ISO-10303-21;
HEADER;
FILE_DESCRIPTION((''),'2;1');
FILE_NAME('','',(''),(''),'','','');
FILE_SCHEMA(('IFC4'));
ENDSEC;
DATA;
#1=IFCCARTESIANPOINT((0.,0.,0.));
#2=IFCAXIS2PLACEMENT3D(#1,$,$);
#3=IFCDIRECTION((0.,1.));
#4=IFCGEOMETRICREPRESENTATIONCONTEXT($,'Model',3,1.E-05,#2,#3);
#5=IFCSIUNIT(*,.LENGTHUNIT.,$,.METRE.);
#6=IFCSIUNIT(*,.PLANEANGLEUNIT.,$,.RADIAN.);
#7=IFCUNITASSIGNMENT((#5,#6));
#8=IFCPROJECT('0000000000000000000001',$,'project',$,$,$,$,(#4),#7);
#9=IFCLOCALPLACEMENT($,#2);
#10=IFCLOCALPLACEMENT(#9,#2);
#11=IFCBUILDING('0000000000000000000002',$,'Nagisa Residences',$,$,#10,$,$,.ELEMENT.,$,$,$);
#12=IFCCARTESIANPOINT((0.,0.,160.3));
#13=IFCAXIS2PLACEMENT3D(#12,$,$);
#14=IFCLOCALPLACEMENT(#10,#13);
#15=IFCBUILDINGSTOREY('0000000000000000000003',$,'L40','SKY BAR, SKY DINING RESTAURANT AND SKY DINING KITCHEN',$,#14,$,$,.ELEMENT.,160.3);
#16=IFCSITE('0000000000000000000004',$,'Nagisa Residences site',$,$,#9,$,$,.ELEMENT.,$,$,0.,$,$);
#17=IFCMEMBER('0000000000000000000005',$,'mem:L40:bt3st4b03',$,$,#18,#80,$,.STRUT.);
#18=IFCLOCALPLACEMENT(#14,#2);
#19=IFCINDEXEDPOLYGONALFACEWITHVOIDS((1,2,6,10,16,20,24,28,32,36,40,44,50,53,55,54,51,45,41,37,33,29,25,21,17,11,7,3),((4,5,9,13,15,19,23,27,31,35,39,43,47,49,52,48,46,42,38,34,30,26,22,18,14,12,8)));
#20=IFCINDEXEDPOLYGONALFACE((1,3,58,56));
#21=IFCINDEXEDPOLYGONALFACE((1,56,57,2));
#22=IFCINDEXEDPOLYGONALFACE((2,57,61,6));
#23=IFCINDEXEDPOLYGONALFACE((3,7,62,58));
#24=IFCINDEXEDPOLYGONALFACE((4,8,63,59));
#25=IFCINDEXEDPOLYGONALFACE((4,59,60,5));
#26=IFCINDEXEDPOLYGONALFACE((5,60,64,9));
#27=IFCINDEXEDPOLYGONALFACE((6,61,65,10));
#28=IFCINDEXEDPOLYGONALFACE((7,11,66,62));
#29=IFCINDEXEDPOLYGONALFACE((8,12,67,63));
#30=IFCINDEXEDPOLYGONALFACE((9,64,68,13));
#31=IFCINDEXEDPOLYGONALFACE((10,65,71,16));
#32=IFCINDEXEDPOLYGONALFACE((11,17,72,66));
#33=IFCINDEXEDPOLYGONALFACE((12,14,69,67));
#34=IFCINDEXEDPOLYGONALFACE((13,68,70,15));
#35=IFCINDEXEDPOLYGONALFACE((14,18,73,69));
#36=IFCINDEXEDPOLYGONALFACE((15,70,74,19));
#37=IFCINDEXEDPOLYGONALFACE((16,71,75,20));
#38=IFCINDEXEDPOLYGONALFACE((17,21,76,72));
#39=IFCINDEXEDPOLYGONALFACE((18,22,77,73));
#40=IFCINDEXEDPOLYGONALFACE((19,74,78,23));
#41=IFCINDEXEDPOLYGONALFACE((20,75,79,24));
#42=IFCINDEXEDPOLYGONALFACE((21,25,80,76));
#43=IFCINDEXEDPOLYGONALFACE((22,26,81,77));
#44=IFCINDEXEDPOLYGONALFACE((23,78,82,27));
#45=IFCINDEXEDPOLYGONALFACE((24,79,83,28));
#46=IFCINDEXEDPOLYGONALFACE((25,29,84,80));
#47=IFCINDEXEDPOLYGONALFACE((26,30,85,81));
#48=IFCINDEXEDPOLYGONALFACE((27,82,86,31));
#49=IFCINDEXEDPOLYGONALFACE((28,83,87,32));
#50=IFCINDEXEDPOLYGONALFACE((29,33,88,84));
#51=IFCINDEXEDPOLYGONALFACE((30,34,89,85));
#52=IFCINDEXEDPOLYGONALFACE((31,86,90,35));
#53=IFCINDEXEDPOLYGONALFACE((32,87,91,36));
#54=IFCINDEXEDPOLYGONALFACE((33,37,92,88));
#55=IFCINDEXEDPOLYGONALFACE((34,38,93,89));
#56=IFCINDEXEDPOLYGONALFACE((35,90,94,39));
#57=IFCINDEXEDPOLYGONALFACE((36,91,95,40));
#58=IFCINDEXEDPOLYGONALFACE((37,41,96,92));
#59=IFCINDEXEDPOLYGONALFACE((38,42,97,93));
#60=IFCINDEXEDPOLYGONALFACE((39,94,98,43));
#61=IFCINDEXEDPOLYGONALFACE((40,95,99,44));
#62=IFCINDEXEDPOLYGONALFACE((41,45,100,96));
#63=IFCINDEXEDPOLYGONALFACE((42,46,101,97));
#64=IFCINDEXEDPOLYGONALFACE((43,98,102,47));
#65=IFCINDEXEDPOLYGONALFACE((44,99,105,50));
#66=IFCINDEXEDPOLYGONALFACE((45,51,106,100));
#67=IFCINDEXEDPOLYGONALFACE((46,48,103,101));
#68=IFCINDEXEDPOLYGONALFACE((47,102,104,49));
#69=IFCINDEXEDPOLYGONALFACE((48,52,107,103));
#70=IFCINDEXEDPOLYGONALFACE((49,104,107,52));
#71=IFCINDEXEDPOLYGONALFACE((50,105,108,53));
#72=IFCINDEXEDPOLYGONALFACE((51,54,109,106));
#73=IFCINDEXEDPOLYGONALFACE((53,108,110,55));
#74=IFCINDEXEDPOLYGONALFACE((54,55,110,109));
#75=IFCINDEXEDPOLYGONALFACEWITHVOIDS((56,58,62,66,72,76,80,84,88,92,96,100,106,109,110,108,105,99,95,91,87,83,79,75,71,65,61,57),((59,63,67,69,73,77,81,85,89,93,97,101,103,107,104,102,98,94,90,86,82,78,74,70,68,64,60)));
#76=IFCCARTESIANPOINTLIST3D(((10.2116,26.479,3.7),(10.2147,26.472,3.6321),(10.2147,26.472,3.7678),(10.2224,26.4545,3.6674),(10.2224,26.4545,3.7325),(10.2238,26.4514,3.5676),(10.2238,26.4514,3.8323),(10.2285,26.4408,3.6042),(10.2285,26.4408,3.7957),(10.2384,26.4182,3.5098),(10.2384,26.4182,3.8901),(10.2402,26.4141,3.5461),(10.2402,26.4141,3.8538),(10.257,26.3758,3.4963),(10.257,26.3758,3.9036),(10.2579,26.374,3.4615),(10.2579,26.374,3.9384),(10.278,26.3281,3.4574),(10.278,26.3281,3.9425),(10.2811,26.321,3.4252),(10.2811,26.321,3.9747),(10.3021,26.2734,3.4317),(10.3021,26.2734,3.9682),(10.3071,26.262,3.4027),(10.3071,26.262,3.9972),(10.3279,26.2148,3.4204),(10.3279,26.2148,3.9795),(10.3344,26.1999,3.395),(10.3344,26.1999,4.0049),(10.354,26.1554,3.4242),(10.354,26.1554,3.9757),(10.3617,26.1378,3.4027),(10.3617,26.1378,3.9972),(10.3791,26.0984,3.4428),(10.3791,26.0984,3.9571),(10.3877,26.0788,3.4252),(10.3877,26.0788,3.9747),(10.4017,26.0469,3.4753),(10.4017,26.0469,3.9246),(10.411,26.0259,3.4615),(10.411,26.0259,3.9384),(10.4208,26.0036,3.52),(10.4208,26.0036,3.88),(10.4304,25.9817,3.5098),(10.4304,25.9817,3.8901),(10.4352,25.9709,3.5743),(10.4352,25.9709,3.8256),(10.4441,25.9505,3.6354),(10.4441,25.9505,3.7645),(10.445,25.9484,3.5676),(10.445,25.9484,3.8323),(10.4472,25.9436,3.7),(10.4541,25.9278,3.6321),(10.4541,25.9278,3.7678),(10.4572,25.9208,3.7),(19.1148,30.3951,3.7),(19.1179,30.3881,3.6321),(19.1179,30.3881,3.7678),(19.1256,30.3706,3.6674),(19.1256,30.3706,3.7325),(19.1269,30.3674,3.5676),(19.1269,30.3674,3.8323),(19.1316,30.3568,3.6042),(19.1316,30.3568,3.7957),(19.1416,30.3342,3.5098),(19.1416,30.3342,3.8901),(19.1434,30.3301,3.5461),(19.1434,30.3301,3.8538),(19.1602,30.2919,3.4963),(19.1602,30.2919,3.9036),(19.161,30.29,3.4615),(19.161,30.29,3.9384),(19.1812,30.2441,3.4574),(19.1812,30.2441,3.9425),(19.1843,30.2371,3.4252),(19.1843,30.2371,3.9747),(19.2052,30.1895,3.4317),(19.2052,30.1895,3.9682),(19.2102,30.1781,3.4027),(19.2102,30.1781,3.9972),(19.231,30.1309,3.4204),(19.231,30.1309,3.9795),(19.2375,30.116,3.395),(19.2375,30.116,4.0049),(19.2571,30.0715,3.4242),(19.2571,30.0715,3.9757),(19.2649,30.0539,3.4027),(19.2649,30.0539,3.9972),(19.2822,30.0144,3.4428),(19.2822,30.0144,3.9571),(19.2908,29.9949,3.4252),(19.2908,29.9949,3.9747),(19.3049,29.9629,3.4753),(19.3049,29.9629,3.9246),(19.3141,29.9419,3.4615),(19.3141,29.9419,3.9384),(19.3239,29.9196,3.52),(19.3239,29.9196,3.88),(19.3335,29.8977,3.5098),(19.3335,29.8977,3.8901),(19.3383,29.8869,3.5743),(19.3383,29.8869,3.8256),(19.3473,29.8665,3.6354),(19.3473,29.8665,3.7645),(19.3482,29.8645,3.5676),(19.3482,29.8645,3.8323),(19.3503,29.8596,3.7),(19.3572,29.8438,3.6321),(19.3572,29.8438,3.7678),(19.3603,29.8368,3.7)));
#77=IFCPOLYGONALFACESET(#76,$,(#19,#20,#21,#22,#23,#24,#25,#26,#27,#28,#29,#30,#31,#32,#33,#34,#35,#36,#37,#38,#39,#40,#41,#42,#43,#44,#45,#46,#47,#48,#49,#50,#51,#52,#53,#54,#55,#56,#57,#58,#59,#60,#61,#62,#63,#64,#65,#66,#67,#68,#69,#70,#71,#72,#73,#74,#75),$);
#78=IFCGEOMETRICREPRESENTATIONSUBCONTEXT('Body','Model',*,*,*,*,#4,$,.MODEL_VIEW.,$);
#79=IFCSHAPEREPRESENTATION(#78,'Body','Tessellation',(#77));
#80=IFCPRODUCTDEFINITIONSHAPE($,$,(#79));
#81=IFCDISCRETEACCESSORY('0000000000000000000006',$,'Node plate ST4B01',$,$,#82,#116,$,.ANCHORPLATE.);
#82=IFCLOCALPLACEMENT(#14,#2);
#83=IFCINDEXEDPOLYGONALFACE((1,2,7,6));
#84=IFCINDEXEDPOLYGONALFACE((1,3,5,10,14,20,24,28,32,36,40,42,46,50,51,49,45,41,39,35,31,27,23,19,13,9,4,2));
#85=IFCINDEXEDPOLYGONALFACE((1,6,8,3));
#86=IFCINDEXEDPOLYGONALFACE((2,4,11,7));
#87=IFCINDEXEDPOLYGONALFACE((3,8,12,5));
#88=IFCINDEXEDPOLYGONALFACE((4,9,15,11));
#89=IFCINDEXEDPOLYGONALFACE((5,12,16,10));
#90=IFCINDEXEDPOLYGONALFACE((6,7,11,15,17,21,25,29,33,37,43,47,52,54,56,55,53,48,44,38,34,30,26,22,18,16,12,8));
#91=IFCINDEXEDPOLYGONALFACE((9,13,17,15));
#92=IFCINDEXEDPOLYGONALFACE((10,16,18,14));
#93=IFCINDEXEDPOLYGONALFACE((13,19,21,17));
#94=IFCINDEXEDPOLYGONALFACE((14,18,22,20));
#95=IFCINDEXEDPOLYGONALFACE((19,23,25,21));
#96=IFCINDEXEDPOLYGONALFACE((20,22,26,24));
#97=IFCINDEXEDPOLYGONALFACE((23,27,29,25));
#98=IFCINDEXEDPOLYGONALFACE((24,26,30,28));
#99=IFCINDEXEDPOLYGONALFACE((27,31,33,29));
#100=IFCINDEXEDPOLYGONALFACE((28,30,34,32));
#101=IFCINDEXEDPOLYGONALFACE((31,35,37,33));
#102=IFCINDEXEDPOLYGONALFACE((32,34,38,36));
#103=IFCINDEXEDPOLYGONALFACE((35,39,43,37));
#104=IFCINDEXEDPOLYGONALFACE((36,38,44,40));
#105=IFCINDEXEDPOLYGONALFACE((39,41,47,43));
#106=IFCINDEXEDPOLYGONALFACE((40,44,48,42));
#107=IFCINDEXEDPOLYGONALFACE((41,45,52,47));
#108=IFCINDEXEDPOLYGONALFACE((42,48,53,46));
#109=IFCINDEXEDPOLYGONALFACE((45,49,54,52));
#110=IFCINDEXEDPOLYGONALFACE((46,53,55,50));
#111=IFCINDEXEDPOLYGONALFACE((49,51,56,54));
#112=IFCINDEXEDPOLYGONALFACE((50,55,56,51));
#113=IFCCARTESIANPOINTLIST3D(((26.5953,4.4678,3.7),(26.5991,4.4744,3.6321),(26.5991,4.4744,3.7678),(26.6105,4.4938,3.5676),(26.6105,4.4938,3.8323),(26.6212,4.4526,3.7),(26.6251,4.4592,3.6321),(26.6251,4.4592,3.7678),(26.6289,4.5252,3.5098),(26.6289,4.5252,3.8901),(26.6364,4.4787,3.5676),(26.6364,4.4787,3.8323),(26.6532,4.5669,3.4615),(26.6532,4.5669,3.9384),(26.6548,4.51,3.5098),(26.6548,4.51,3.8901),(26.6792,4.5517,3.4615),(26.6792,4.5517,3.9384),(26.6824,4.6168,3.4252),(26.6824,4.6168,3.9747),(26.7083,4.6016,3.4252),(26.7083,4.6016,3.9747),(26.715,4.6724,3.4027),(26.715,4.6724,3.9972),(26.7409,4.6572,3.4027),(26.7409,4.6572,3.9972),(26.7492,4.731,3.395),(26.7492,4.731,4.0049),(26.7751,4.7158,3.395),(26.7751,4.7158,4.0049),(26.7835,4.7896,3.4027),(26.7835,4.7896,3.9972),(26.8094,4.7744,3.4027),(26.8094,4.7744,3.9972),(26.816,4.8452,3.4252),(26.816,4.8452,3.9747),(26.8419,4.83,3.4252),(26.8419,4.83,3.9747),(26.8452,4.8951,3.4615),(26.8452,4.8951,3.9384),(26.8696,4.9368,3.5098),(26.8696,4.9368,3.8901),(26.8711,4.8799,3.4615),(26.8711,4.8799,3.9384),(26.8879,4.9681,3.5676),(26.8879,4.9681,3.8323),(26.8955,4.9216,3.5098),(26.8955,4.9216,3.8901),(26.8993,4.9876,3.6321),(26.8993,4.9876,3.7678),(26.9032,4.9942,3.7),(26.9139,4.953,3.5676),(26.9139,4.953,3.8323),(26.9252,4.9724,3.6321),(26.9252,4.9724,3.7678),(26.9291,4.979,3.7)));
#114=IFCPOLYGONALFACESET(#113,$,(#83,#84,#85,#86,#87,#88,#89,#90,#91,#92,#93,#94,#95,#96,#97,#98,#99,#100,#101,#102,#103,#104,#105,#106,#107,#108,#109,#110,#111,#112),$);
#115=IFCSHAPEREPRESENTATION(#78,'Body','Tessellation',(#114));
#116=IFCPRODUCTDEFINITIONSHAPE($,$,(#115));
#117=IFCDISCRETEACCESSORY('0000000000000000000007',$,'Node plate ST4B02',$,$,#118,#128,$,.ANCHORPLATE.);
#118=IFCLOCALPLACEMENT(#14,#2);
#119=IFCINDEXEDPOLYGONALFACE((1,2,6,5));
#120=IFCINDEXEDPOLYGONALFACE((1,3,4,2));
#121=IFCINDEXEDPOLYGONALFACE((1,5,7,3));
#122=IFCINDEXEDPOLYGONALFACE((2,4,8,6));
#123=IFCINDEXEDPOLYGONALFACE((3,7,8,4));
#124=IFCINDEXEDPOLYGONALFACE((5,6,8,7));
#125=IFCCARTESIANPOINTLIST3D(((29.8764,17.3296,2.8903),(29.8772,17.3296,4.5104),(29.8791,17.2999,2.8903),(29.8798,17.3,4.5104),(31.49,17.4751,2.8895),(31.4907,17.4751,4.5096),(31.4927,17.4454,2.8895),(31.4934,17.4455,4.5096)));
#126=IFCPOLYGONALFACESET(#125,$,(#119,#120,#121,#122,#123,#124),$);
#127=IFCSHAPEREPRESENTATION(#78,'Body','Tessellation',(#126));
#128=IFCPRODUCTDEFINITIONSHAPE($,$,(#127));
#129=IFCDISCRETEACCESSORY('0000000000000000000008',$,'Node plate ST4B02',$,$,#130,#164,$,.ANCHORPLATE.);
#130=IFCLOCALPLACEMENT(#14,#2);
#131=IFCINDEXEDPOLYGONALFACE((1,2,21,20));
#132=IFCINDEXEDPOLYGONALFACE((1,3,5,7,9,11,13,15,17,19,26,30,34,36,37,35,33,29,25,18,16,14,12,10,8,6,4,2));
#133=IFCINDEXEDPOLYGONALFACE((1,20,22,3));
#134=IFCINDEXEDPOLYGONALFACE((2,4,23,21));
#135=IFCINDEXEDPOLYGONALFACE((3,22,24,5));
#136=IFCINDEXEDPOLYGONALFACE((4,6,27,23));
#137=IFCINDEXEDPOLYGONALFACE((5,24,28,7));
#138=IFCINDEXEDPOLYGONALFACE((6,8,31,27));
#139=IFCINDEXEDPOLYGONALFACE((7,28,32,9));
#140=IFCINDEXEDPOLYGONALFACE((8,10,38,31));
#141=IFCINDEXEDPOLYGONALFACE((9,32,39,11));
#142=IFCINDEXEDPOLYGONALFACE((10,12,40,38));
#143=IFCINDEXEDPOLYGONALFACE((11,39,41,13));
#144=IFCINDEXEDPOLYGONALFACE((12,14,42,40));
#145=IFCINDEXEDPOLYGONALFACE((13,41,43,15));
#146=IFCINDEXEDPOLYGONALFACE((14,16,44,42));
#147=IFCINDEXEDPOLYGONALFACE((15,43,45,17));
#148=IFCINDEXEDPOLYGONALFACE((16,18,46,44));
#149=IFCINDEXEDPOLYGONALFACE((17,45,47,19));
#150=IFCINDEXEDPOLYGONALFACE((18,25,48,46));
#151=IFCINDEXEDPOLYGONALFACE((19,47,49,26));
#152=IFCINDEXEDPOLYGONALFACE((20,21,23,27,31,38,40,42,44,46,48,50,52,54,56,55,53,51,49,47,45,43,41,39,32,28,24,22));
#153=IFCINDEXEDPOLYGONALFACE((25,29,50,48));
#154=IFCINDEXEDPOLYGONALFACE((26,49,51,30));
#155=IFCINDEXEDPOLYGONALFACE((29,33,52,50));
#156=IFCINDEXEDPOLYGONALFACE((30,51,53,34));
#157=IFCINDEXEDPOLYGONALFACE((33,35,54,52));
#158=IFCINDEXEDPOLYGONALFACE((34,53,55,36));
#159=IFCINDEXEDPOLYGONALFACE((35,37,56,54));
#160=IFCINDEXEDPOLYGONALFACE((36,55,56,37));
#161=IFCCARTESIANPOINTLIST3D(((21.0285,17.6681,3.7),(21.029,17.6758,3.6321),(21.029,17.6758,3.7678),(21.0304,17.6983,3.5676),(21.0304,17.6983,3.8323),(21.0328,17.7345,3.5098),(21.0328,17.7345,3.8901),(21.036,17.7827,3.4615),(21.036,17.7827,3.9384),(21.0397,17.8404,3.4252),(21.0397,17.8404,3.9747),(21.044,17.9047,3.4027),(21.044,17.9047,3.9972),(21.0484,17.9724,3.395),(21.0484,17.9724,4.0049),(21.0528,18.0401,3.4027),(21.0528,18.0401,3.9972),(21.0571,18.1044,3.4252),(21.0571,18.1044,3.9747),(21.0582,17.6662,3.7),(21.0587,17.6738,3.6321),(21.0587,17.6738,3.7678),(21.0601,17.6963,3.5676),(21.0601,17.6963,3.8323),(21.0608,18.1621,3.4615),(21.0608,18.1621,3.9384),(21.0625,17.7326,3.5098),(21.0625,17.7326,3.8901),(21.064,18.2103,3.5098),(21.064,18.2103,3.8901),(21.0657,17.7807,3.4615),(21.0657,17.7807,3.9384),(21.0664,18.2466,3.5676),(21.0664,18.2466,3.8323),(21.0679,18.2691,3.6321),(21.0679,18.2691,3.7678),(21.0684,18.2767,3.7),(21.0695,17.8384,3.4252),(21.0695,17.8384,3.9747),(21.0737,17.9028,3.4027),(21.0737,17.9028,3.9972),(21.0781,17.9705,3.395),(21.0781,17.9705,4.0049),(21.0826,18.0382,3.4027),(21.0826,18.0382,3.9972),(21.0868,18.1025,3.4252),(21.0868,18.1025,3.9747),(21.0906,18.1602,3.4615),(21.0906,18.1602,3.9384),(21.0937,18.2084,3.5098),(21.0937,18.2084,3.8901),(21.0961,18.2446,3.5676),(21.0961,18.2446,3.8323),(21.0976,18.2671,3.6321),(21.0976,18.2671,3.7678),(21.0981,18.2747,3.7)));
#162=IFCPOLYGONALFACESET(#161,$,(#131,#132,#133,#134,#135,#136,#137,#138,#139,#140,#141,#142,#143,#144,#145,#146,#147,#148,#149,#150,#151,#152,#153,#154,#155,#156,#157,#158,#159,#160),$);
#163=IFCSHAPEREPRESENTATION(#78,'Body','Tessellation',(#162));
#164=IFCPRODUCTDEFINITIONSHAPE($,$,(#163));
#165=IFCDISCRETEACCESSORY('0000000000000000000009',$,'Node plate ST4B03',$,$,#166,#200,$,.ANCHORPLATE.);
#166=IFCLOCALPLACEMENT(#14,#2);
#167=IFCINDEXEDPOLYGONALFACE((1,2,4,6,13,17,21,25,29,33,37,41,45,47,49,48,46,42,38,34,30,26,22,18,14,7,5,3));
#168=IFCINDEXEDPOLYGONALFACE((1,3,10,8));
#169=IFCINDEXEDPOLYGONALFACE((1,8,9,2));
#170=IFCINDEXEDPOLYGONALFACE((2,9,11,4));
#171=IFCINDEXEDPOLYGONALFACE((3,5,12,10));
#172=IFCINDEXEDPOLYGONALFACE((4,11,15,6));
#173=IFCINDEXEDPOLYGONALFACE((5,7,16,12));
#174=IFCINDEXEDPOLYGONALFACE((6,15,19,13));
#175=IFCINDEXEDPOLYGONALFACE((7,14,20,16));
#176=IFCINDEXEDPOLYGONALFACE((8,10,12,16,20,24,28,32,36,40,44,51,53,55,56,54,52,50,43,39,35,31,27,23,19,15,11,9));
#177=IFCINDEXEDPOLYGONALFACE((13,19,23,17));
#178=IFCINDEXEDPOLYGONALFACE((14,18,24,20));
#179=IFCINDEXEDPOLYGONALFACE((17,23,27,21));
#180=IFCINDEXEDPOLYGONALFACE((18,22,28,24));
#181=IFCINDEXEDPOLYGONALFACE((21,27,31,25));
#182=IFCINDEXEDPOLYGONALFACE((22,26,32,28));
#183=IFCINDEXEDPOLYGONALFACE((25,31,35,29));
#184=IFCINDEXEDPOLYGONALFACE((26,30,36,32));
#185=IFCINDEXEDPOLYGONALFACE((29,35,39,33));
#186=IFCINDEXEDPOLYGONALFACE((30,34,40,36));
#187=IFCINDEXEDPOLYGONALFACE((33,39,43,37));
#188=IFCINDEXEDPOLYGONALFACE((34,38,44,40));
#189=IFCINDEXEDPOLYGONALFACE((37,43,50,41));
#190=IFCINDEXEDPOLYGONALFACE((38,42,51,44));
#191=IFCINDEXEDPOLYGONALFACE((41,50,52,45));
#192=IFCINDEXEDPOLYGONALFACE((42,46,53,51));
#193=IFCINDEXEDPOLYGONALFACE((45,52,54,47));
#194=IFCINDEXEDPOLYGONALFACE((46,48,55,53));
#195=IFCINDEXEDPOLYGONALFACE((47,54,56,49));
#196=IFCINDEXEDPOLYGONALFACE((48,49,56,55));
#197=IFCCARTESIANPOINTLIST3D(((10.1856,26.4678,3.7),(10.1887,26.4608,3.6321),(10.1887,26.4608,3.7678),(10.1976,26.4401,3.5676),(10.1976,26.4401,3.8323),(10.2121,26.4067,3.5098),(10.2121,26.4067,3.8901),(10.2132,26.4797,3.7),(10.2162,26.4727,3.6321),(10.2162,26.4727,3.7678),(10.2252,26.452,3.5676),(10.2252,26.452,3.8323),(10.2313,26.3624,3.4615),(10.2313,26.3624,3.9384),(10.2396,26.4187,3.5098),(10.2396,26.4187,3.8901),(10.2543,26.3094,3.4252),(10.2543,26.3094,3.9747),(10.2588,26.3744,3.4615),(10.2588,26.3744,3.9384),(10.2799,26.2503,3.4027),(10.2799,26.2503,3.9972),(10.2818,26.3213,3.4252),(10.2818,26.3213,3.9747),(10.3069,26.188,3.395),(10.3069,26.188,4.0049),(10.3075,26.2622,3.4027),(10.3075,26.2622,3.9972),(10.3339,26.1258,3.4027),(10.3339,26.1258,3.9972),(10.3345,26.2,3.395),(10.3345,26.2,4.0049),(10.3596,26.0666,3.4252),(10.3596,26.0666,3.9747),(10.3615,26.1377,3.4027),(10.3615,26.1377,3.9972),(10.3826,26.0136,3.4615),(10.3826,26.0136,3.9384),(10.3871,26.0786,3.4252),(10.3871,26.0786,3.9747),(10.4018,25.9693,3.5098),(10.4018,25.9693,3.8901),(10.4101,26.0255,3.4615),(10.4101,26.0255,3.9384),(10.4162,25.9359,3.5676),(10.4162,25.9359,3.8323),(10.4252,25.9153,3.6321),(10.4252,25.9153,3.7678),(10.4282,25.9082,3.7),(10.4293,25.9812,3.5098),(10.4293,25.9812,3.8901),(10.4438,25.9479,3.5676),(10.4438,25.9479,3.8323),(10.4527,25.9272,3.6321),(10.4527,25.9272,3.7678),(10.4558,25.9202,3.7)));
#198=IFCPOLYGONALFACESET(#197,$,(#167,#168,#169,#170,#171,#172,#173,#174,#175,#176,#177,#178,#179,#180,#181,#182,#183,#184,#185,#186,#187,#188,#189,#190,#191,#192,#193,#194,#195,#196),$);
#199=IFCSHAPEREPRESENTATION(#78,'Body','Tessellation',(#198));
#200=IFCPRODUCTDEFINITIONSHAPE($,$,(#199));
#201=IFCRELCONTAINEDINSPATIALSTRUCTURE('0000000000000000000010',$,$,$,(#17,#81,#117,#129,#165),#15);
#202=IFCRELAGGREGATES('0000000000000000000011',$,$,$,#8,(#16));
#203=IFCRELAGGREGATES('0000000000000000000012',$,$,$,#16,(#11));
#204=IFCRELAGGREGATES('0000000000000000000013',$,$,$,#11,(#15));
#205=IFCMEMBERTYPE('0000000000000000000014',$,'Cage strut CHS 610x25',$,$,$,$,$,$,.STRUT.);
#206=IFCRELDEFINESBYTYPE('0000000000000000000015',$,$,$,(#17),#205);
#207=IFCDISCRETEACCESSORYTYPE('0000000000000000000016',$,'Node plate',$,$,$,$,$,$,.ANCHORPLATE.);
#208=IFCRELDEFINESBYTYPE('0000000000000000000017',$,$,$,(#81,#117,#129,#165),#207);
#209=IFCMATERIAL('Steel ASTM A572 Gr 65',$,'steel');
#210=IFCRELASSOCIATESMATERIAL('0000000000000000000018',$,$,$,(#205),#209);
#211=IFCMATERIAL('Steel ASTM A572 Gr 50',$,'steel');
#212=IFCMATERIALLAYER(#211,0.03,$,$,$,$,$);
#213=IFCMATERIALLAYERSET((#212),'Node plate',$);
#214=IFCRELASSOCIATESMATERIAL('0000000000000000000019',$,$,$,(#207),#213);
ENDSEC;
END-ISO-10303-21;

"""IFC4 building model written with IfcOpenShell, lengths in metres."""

from ifc_helpers import new_model, si_unit, direction, frame, origin, origin_2d, place, context, subcontext, project, spatial, rectangle, circle, hollow_circle, extrude, material, layer, layer_set, material_profile, profile_set, type_object, element, save


model = new_model("IFC4")

# Units and contexts
model_context = context("Model", 3, precision=1e-05, world=origin(), true_north=direction((0.0, 1.0)))
body_context = subcontext(model_context, "Body", "Model", "MODEL_VIEW")
ifc_project = project(units=[si_unit("LENGTHUNIT", "METRE"), si_unit("PLANEANGLEUNIT", "RADIAN")], contexts=[model_context])

# Site, building, storey
site_placement = place(None, origin())
site = spatial("IfcSite", under=ifc_project, at=site_placement, Name="Nagisa Residences site", CompositionType="ELEMENT", RefElevation=0.0)
building_placement = place(site_placement, origin())
building = spatial("IfcBuilding", under=site, at=building_placement, Name="Nagisa Residences", CompositionType="ELEMENT")
storey_placement = place(building_placement, frame((0.0, 0.0, 160.3)))
storey = spatial("IfcBuildingStorey", under=building, at=storey_placement, Name="L40", Description="SKY BAR, SKY DINING RESTAURANT AND SKY DINING KITCHEN", CompositionType="ELEMENT", Elevation=160.3)

# Member
ifc_material_1 = material(Name="Steel ASTM A572 Gr 65", Category="steel")
ifc_material_profile_1 = material_profile(ifc_material_1, hollow_circle(Radius=0.3049, WallThickness=0.0249, at=origin_2d()), Name="CHS 610x25")
ifc_profile_set_1 = profile_set([ifc_material_profile_1], Name="Steel ASTM A572 Gr 65")
member_type_1 = type_object("IfcMemberType", Name="Cage strut CHS 610x25", PredefinedType="STRUT", material=ifc_profile_set_1)
member_1_placement = place(storey_placement, frame((19.2375, 30.116, 3.7), z_axis=(-0.915366, -0.402623, 0.0), x_axis=(0.402623, -0.915366, 0.0)))
element("IfcMember", 1, at=member_1_placement, inside=storey, type_object=member_type_1, Name="mem:L40:bt3st4b03", PredefinedType="STRUT", context=body_context, shape_type="SweptSolid", body=[
    extrude(hollow_circle(Radius=0.3049, WallThickness=0.0249, at=origin_2d()), origin(), (0.0, 0.0, 1.0), 9.7263),
])

# Discrete accessories
ifc_material_2 = material(Name="Steel ASTM A572 Gr 50", Category="steel")
ifc_layer = layer(ifc_material_2, 0.03)
ifc_layer_set = layer_set([ifc_layer], Name="Node plate")
discrete_accessory_type = type_object("IfcDiscreteAccessoryType", Name="Node plate", PredefinedType="ANCHORPLATE", material=ifc_layer_set)
discrete_accessory_1_placement = place(storey_placement, frame((26.7751, 4.7158, 3.7), z_axis=(-0.863188, 0.504883, 0.0), x_axis=(-0.504883, -0.863188, 0.0)))
element("IfcDiscreteAccessory", 2, at=discrete_accessory_1_placement, inside=storey, type_object=discrete_accessory_type, Name="Node plate ST4B01", PredefinedType="ANCHORPLATE", context=body_context, shape_type="SweptSolid", body=[
    extrude(circle(Radius=0.3049, at=origin_2d()), origin(), (0.0, 0.0, 1.0), 0.03),
])
discrete_accessory_2_placement = place(storey_placement, frame((30.6836, 17.4023, 3.7), z_axis=(0.0898, -0.99596, 0.0), x_axis=(-0.99596, -0.0898, 0.000451)))
element("IfcDiscreteAccessory", 3, at=discrete_accessory_2_placement, inside=storey, type_object=discrete_accessory_type, Name="Node plate ST4B02", PredefinedType="ANCHORPLATE", context=body_context, shape_type="SweptSolid", body=[
    extrude(rectangle(XDim=1.6201, YDim=1.6201, at=origin_2d()), origin(), (0.0, 0.0, 1.0), 0.0298),
])
discrete_accessory_3_placement = place(storey_placement, frame((21.0781, 17.9705, 3.7), z_axis=(-0.997857, 0.065433, 0.0), x_axis=(-0.065433, -0.997857, 0.0)))
element("IfcDiscreteAccessory", 4, at=discrete_accessory_3_placement, inside=storey, type_object=discrete_accessory_type, Name="Node plate ST4B02", PredefinedType="ANCHORPLATE", context=body_context, shape_type="SweptSolid", body=[
    extrude(circle(Radius=0.3049, at=origin_2d()), origin(), (0.0, 0.0, 1.0), 0.0298),
])
discrete_accessory_4_placement = place(storey_placement, frame((10.3345, 26.2, 3.7), z_axis=(-0.917457, -0.397835, 0.0), x_axis=(0.397835, -0.917457, 0.0)))
element("IfcDiscreteAccessory", 5, at=discrete_accessory_4_placement, inside=storey, type_object=discrete_accessory_type, Name="Node plate ST4B03", PredefinedType="ANCHORPLATE", context=body_context, shape_type="SweptSolid", body=[
    extrude(circle(Radius=0.3049, at=origin_2d()), origin(), (0.0, 0.0, 1.0), 0.03),
])

save(model, "model.ifc")
